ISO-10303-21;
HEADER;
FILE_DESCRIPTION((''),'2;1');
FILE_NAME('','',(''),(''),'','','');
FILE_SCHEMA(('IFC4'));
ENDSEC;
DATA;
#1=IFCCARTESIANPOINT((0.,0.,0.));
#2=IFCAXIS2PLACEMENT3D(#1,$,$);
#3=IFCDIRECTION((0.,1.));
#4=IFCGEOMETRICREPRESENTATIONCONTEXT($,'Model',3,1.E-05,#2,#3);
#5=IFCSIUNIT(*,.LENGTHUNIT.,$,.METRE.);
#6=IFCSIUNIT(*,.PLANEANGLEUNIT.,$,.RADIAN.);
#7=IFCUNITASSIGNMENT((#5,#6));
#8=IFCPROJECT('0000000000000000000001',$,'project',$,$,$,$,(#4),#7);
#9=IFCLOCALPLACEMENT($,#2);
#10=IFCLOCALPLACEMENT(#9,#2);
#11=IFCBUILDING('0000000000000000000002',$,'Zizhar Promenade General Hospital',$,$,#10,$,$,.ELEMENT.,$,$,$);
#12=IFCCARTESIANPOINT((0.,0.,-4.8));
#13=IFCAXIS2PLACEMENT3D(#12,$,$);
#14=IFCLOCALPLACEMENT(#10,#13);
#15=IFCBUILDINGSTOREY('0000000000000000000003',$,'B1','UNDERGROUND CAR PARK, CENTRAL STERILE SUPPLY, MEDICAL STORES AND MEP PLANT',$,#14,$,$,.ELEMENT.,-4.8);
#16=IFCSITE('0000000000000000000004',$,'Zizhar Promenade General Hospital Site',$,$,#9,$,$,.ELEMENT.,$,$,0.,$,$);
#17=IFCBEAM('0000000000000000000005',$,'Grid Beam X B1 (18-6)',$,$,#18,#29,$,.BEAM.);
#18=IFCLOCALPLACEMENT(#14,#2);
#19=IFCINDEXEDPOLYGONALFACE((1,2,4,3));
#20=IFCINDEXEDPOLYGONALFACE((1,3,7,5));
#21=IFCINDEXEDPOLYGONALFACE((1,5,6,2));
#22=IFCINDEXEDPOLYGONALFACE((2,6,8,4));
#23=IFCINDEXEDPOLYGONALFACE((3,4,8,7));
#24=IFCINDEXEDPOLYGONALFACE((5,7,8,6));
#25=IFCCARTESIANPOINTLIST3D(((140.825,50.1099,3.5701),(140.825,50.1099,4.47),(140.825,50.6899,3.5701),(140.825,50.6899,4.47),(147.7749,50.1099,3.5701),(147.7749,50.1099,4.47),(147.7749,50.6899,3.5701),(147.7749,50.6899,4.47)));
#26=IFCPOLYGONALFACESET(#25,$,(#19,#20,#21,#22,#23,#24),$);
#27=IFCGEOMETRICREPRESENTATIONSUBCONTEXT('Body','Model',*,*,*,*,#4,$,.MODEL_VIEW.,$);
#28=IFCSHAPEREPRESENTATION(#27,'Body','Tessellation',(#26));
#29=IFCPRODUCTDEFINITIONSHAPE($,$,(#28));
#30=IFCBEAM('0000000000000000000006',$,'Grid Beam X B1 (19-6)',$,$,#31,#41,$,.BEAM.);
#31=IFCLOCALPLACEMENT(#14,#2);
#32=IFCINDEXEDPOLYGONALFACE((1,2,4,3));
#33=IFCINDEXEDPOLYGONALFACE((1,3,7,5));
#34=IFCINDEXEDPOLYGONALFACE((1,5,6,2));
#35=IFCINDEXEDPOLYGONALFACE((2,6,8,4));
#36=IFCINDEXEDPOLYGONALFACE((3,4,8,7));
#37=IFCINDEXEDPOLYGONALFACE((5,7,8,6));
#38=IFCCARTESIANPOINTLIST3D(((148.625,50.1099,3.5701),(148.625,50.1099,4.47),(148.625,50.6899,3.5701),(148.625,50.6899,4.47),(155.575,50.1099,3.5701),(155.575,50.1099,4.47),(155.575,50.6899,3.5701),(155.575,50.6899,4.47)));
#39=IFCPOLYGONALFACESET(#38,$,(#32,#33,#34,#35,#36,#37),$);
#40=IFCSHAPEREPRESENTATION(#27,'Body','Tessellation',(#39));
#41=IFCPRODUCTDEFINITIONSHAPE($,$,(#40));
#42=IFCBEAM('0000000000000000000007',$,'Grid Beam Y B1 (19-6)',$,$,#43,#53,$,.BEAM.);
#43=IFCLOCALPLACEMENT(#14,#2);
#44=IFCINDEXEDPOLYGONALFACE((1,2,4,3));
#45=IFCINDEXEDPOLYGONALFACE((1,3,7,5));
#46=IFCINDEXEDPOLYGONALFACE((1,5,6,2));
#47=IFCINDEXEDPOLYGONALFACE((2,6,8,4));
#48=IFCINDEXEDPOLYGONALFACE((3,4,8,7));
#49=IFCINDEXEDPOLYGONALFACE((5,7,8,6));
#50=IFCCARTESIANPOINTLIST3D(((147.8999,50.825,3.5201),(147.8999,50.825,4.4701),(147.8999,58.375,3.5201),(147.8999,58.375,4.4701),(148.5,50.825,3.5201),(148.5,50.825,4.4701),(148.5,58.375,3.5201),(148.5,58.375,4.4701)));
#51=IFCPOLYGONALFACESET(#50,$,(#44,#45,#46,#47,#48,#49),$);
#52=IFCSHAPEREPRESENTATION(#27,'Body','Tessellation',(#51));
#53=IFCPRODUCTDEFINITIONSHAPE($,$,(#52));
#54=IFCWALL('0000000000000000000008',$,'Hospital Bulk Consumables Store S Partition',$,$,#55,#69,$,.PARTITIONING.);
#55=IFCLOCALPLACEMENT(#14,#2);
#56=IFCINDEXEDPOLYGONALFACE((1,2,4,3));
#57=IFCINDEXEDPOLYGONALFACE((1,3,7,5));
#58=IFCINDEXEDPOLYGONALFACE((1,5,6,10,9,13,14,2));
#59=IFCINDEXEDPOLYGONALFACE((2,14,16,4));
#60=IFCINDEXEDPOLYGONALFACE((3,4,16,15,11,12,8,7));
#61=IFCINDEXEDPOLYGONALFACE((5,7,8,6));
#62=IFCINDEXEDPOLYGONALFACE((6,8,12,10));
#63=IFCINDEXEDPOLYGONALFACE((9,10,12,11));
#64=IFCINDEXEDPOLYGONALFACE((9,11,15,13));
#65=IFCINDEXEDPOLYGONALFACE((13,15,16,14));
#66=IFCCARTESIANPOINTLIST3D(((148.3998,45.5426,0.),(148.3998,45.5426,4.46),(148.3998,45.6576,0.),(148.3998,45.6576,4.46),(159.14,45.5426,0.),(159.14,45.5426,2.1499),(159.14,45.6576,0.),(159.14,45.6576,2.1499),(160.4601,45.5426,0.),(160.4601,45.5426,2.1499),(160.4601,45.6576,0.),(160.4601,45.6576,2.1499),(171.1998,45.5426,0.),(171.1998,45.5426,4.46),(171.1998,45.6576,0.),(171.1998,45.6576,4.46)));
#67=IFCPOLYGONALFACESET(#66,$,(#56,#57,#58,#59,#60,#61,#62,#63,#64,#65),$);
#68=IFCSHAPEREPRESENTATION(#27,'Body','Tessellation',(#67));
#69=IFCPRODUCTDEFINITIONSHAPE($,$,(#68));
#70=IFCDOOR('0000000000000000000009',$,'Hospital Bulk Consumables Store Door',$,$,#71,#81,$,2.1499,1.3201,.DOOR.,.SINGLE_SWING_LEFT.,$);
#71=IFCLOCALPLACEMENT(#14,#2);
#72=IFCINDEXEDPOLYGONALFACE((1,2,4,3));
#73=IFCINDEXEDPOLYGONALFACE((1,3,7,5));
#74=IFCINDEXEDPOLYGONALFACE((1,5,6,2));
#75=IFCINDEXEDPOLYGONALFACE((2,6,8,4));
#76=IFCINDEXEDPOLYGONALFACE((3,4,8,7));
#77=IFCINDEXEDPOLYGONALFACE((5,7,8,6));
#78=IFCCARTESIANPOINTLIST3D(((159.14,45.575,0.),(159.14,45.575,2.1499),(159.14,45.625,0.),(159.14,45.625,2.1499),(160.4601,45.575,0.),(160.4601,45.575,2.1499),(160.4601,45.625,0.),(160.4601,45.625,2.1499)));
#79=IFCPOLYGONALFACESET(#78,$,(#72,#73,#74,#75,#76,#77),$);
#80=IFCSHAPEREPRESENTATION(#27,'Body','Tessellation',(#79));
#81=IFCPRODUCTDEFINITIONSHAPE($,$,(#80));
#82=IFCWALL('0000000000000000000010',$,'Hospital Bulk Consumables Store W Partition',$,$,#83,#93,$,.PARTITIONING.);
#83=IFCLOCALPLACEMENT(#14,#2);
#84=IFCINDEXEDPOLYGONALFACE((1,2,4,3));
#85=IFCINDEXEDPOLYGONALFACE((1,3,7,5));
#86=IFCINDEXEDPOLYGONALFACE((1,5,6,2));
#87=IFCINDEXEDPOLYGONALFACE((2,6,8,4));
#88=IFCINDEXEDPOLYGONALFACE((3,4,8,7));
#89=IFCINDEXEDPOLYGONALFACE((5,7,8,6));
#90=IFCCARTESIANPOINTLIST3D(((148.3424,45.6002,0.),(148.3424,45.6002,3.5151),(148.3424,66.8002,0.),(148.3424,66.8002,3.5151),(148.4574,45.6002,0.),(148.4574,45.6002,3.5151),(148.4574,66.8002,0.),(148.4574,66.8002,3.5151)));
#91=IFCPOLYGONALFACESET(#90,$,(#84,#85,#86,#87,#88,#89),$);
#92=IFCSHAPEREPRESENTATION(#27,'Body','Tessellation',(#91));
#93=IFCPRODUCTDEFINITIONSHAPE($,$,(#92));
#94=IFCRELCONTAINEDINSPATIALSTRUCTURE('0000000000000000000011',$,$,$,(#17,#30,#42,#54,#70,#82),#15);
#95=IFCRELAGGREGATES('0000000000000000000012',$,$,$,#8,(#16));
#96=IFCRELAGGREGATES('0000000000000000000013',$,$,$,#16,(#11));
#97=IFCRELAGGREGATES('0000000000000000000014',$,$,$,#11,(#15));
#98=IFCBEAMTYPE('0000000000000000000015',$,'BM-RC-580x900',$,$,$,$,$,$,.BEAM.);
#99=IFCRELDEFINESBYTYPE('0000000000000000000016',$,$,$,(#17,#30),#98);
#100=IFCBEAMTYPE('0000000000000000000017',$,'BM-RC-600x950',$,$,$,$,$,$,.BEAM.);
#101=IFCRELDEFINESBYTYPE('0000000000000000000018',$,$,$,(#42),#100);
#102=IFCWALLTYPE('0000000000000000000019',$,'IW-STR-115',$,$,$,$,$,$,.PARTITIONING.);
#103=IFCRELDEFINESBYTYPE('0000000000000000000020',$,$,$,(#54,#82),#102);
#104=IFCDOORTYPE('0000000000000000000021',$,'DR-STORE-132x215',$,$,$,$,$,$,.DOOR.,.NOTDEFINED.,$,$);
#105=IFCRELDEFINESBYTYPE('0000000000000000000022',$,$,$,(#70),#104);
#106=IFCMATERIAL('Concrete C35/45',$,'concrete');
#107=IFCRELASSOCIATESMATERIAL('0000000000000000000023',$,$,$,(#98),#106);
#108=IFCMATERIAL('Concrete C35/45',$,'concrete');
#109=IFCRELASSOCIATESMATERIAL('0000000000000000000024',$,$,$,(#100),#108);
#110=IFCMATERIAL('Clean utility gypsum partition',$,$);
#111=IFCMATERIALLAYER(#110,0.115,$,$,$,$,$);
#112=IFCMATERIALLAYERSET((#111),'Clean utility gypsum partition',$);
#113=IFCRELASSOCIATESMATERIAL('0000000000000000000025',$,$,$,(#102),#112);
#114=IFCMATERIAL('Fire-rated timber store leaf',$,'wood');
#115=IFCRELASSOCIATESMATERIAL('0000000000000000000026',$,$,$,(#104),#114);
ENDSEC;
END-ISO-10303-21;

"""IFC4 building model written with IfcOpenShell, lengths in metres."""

from ifc_helpers import new_model, si_unit, direction, frame, frame_2d, origin, origin_2d, place, context, subcontext, project, spatial, rectangle, extrude, material, layer, layer_set, material_profile, profile_set, type_object, element, fill, save


model = new_model("IFC4")

# Units and contexts
model_context = context("Model", 3, precision=1e-05, world=origin(), true_north=direction((0.0, 1.0)))
body_context = subcontext(model_context, "Body", "Model", "MODEL_VIEW")
ifc_project = project(units=[si_unit("LENGTHUNIT", "METRE"), si_unit("PLANEANGLEUNIT", "RADIAN")], contexts=[model_context])

# Site, building, storey
site_placement = place(None, origin())
site = spatial("IfcSite", under=ifc_project, at=site_placement, Name="Zizhar Promenade General Hospital Site", CompositionType="ELEMENT", RefElevation=0.0)
building_placement = place(site_placement, origin())
building = spatial("IfcBuilding", under=site, at=building_placement, Name="Zizhar Promenade General Hospital", CompositionType="ELEMENT")
storey_placement = place(building_placement, frame((0.0, 0.0, -4.8)))
storey = spatial("IfcBuildingStorey", under=building, at=storey_placement, Name="B1", Description="UNDERGROUND CAR PARK, CENTRAL STERILE SUPPLY, MEDICAL STORES AND MEP PLANT", CompositionType="ELEMENT", Elevation=-4.8)

# Beams
ifc_material_1 = material(Name="Concrete C35/45", Category="concrete")
ifc_material_profile_1 = material_profile(ifc_material_1, rectangle(XDim=0.5801, YDim=0.8999, at=origin_2d()))
ifc_profile_set_1 = profile_set([ifc_material_profile_1], Name="Concrete C35/45")
beam_type_1 = type_object("IfcBeamType", Name="BM-RC-580x900", PredefinedType="BEAM", material=ifc_profile_set_1)
for number, where, z_axis, x_axis, name in (
    (1, (140.825, 50.3999, 4.02), (1.0, 0.0, 0.0), (0.0, 1.0, 0.0), "Grid Beam X B1 (18-6)"),
    (2, (148.625, 50.3999, 4.02), (1.0, 0.0, 0.0), (0.0, 1.0, 0.0), "Grid Beam X B1 (19-6)"),
):
    element("IfcBeam", number, at=place(storey_placement, frame(where, z_axis=z_axis, x_axis=x_axis)), inside=storey, type_object=beam_type_1, Name=name, PredefinedType="BEAM", context=body_context, shape_type="SweptSolid", body=[
        extrude(rectangle(XDim=0.5801, YDim=0.8999, at=origin_2d()), origin(), (0.0, 0.0, 1.0), 6.95),
    ])
ifc_material_2 = material(Name="Concrete C35/45", Category="concrete")
ifc_material_profile_2 = material_profile(ifc_material_2, rectangle(XDim=0.6001, YDim=0.95, at=origin_2d()))
ifc_profile_set_2 = profile_set([ifc_material_profile_2], Name="Concrete C35/45")
beam_type_2 = type_object("IfcBeamType", Name="BM-RC-600x950", PredefinedType="BEAM", material=ifc_profile_set_2)
beam_placement = place(storey_placement, frame((148.2, 50.825, 3.9951), z_axis=(0.0, 1.0, 0.0), x_axis=(-1.0, 0.0, 0.0)))
element("IfcBeam", 3, at=beam_placement, inside=storey, type_object=beam_type_2, Name="Grid Beam Y B1 (19-6)", PredefinedType="BEAM", context=body_context, shape_type="SweptSolid", body=[
    extrude(rectangle(XDim=0.6001, YDim=0.95, at=origin_2d()), origin(), (0.0, 0.0, 1.0), 7.55),
])

# Wall, opening, door
ifc_material_3 = material(Name="Clean utility gypsum partition")
ifc_layer = layer(ifc_material_3, 0.115)
ifc_layer_set = layer_set([ifc_layer], Name="Clean utility gypsum partition")
wall_type = type_object("IfcWallType", Name="IW-STR-115", PredefinedType="PARTITIONING", material=ifc_layer_set)
wall_1_placement = place(storey_placement, frame((148.3999, 45.6001, 0.0), z_axis=(0.0, 0.0, 1.0), x_axis=(1.0, 0.0, 0.0)))
wall_1 = element("IfcWall", 4, at=wall_1_placement, inside=storey, type_object=wall_type, Name="Hospital Bulk Consumables Store S Partition", PredefinedType="PARTITIONING", context=body_context, shape_type="SweptSolid", body=[
    extrude(rectangle(XDim=22.8, YDim=0.115, at=frame_2d((11.3999, 0.0))), origin(), (0.0, 0.0, 1.0), 4.46),
])
opening_placement = place(wall_1_placement, frame((10.74, 0.0, 0.0)))
opening = element("IfcOpeningElement", 5, at=opening_placement, cuts=wall_1, PredefinedType="OPENING", context=body_context, shape_type="SweptSolid", body=[
    extrude(rectangle(XDim=1.3201, YDim=2.1499, at=frame_2d((0.6602, 1.075))), frame((0.0, 0.0674, 0.0), z_axis=(0.0, -1.0, 0.0), x_axis=(1.0, 0.0, 0.0)), (0.0, 0.0, 1.0), 0.135),
])
ifc_material_4 = material(Name="Fire-rated timber store leaf", Category="wood")
door_type = type_object("IfcDoorType", Name="DR-STORE-132x215", OperationType="NOTDEFINED", PredefinedType="DOOR", material=ifc_material_4)
door_placement = place(opening_placement, origin())
door = element("IfcDoor", 6, at=door_placement, inside=storey, type_object=door_type, Name="Hospital Bulk Consumables Store Door", OperationType="SINGLE_SWING_LEFT", OverallHeight=2.1499, OverallWidth=1.3201, PredefinedType="DOOR", context=body_context, shape_type="SweptSolid", body=[
    extrude(rectangle(XDim=1.3201, YDim=2.1499, at=frame_2d((0.6602, 1.075))), frame((0.0, 0.0249, 0.0), z_axis=(0.0, -1.0, 0.0), x_axis=(1.0, 0.0, 0.0)), (0.0, 0.0, 1.0), 0.05),
])
fill(opening, door)

# Wall
wall_2_placement = place(storey_placement, frame((148.3999, 45.6001, 0.0), z_axis=(0.0, 0.0, 1.0), x_axis=(0.0, 1.0, 0.0)))
element("IfcWall", 7, at=wall_2_placement, inside=storey, type_object=wall_type, Name="Hospital Bulk Consumables Store W Partition", PredefinedType="PARTITIONING", context=body_context, shape_type="SweptSolid", body=[
    extrude(rectangle(XDim=21.2, YDim=0.115, at=frame_2d((10.6001, 0.0))), origin(), (0.0, 0.0, 1.0), 3.5151),
])

save(model, "model.ifc")
